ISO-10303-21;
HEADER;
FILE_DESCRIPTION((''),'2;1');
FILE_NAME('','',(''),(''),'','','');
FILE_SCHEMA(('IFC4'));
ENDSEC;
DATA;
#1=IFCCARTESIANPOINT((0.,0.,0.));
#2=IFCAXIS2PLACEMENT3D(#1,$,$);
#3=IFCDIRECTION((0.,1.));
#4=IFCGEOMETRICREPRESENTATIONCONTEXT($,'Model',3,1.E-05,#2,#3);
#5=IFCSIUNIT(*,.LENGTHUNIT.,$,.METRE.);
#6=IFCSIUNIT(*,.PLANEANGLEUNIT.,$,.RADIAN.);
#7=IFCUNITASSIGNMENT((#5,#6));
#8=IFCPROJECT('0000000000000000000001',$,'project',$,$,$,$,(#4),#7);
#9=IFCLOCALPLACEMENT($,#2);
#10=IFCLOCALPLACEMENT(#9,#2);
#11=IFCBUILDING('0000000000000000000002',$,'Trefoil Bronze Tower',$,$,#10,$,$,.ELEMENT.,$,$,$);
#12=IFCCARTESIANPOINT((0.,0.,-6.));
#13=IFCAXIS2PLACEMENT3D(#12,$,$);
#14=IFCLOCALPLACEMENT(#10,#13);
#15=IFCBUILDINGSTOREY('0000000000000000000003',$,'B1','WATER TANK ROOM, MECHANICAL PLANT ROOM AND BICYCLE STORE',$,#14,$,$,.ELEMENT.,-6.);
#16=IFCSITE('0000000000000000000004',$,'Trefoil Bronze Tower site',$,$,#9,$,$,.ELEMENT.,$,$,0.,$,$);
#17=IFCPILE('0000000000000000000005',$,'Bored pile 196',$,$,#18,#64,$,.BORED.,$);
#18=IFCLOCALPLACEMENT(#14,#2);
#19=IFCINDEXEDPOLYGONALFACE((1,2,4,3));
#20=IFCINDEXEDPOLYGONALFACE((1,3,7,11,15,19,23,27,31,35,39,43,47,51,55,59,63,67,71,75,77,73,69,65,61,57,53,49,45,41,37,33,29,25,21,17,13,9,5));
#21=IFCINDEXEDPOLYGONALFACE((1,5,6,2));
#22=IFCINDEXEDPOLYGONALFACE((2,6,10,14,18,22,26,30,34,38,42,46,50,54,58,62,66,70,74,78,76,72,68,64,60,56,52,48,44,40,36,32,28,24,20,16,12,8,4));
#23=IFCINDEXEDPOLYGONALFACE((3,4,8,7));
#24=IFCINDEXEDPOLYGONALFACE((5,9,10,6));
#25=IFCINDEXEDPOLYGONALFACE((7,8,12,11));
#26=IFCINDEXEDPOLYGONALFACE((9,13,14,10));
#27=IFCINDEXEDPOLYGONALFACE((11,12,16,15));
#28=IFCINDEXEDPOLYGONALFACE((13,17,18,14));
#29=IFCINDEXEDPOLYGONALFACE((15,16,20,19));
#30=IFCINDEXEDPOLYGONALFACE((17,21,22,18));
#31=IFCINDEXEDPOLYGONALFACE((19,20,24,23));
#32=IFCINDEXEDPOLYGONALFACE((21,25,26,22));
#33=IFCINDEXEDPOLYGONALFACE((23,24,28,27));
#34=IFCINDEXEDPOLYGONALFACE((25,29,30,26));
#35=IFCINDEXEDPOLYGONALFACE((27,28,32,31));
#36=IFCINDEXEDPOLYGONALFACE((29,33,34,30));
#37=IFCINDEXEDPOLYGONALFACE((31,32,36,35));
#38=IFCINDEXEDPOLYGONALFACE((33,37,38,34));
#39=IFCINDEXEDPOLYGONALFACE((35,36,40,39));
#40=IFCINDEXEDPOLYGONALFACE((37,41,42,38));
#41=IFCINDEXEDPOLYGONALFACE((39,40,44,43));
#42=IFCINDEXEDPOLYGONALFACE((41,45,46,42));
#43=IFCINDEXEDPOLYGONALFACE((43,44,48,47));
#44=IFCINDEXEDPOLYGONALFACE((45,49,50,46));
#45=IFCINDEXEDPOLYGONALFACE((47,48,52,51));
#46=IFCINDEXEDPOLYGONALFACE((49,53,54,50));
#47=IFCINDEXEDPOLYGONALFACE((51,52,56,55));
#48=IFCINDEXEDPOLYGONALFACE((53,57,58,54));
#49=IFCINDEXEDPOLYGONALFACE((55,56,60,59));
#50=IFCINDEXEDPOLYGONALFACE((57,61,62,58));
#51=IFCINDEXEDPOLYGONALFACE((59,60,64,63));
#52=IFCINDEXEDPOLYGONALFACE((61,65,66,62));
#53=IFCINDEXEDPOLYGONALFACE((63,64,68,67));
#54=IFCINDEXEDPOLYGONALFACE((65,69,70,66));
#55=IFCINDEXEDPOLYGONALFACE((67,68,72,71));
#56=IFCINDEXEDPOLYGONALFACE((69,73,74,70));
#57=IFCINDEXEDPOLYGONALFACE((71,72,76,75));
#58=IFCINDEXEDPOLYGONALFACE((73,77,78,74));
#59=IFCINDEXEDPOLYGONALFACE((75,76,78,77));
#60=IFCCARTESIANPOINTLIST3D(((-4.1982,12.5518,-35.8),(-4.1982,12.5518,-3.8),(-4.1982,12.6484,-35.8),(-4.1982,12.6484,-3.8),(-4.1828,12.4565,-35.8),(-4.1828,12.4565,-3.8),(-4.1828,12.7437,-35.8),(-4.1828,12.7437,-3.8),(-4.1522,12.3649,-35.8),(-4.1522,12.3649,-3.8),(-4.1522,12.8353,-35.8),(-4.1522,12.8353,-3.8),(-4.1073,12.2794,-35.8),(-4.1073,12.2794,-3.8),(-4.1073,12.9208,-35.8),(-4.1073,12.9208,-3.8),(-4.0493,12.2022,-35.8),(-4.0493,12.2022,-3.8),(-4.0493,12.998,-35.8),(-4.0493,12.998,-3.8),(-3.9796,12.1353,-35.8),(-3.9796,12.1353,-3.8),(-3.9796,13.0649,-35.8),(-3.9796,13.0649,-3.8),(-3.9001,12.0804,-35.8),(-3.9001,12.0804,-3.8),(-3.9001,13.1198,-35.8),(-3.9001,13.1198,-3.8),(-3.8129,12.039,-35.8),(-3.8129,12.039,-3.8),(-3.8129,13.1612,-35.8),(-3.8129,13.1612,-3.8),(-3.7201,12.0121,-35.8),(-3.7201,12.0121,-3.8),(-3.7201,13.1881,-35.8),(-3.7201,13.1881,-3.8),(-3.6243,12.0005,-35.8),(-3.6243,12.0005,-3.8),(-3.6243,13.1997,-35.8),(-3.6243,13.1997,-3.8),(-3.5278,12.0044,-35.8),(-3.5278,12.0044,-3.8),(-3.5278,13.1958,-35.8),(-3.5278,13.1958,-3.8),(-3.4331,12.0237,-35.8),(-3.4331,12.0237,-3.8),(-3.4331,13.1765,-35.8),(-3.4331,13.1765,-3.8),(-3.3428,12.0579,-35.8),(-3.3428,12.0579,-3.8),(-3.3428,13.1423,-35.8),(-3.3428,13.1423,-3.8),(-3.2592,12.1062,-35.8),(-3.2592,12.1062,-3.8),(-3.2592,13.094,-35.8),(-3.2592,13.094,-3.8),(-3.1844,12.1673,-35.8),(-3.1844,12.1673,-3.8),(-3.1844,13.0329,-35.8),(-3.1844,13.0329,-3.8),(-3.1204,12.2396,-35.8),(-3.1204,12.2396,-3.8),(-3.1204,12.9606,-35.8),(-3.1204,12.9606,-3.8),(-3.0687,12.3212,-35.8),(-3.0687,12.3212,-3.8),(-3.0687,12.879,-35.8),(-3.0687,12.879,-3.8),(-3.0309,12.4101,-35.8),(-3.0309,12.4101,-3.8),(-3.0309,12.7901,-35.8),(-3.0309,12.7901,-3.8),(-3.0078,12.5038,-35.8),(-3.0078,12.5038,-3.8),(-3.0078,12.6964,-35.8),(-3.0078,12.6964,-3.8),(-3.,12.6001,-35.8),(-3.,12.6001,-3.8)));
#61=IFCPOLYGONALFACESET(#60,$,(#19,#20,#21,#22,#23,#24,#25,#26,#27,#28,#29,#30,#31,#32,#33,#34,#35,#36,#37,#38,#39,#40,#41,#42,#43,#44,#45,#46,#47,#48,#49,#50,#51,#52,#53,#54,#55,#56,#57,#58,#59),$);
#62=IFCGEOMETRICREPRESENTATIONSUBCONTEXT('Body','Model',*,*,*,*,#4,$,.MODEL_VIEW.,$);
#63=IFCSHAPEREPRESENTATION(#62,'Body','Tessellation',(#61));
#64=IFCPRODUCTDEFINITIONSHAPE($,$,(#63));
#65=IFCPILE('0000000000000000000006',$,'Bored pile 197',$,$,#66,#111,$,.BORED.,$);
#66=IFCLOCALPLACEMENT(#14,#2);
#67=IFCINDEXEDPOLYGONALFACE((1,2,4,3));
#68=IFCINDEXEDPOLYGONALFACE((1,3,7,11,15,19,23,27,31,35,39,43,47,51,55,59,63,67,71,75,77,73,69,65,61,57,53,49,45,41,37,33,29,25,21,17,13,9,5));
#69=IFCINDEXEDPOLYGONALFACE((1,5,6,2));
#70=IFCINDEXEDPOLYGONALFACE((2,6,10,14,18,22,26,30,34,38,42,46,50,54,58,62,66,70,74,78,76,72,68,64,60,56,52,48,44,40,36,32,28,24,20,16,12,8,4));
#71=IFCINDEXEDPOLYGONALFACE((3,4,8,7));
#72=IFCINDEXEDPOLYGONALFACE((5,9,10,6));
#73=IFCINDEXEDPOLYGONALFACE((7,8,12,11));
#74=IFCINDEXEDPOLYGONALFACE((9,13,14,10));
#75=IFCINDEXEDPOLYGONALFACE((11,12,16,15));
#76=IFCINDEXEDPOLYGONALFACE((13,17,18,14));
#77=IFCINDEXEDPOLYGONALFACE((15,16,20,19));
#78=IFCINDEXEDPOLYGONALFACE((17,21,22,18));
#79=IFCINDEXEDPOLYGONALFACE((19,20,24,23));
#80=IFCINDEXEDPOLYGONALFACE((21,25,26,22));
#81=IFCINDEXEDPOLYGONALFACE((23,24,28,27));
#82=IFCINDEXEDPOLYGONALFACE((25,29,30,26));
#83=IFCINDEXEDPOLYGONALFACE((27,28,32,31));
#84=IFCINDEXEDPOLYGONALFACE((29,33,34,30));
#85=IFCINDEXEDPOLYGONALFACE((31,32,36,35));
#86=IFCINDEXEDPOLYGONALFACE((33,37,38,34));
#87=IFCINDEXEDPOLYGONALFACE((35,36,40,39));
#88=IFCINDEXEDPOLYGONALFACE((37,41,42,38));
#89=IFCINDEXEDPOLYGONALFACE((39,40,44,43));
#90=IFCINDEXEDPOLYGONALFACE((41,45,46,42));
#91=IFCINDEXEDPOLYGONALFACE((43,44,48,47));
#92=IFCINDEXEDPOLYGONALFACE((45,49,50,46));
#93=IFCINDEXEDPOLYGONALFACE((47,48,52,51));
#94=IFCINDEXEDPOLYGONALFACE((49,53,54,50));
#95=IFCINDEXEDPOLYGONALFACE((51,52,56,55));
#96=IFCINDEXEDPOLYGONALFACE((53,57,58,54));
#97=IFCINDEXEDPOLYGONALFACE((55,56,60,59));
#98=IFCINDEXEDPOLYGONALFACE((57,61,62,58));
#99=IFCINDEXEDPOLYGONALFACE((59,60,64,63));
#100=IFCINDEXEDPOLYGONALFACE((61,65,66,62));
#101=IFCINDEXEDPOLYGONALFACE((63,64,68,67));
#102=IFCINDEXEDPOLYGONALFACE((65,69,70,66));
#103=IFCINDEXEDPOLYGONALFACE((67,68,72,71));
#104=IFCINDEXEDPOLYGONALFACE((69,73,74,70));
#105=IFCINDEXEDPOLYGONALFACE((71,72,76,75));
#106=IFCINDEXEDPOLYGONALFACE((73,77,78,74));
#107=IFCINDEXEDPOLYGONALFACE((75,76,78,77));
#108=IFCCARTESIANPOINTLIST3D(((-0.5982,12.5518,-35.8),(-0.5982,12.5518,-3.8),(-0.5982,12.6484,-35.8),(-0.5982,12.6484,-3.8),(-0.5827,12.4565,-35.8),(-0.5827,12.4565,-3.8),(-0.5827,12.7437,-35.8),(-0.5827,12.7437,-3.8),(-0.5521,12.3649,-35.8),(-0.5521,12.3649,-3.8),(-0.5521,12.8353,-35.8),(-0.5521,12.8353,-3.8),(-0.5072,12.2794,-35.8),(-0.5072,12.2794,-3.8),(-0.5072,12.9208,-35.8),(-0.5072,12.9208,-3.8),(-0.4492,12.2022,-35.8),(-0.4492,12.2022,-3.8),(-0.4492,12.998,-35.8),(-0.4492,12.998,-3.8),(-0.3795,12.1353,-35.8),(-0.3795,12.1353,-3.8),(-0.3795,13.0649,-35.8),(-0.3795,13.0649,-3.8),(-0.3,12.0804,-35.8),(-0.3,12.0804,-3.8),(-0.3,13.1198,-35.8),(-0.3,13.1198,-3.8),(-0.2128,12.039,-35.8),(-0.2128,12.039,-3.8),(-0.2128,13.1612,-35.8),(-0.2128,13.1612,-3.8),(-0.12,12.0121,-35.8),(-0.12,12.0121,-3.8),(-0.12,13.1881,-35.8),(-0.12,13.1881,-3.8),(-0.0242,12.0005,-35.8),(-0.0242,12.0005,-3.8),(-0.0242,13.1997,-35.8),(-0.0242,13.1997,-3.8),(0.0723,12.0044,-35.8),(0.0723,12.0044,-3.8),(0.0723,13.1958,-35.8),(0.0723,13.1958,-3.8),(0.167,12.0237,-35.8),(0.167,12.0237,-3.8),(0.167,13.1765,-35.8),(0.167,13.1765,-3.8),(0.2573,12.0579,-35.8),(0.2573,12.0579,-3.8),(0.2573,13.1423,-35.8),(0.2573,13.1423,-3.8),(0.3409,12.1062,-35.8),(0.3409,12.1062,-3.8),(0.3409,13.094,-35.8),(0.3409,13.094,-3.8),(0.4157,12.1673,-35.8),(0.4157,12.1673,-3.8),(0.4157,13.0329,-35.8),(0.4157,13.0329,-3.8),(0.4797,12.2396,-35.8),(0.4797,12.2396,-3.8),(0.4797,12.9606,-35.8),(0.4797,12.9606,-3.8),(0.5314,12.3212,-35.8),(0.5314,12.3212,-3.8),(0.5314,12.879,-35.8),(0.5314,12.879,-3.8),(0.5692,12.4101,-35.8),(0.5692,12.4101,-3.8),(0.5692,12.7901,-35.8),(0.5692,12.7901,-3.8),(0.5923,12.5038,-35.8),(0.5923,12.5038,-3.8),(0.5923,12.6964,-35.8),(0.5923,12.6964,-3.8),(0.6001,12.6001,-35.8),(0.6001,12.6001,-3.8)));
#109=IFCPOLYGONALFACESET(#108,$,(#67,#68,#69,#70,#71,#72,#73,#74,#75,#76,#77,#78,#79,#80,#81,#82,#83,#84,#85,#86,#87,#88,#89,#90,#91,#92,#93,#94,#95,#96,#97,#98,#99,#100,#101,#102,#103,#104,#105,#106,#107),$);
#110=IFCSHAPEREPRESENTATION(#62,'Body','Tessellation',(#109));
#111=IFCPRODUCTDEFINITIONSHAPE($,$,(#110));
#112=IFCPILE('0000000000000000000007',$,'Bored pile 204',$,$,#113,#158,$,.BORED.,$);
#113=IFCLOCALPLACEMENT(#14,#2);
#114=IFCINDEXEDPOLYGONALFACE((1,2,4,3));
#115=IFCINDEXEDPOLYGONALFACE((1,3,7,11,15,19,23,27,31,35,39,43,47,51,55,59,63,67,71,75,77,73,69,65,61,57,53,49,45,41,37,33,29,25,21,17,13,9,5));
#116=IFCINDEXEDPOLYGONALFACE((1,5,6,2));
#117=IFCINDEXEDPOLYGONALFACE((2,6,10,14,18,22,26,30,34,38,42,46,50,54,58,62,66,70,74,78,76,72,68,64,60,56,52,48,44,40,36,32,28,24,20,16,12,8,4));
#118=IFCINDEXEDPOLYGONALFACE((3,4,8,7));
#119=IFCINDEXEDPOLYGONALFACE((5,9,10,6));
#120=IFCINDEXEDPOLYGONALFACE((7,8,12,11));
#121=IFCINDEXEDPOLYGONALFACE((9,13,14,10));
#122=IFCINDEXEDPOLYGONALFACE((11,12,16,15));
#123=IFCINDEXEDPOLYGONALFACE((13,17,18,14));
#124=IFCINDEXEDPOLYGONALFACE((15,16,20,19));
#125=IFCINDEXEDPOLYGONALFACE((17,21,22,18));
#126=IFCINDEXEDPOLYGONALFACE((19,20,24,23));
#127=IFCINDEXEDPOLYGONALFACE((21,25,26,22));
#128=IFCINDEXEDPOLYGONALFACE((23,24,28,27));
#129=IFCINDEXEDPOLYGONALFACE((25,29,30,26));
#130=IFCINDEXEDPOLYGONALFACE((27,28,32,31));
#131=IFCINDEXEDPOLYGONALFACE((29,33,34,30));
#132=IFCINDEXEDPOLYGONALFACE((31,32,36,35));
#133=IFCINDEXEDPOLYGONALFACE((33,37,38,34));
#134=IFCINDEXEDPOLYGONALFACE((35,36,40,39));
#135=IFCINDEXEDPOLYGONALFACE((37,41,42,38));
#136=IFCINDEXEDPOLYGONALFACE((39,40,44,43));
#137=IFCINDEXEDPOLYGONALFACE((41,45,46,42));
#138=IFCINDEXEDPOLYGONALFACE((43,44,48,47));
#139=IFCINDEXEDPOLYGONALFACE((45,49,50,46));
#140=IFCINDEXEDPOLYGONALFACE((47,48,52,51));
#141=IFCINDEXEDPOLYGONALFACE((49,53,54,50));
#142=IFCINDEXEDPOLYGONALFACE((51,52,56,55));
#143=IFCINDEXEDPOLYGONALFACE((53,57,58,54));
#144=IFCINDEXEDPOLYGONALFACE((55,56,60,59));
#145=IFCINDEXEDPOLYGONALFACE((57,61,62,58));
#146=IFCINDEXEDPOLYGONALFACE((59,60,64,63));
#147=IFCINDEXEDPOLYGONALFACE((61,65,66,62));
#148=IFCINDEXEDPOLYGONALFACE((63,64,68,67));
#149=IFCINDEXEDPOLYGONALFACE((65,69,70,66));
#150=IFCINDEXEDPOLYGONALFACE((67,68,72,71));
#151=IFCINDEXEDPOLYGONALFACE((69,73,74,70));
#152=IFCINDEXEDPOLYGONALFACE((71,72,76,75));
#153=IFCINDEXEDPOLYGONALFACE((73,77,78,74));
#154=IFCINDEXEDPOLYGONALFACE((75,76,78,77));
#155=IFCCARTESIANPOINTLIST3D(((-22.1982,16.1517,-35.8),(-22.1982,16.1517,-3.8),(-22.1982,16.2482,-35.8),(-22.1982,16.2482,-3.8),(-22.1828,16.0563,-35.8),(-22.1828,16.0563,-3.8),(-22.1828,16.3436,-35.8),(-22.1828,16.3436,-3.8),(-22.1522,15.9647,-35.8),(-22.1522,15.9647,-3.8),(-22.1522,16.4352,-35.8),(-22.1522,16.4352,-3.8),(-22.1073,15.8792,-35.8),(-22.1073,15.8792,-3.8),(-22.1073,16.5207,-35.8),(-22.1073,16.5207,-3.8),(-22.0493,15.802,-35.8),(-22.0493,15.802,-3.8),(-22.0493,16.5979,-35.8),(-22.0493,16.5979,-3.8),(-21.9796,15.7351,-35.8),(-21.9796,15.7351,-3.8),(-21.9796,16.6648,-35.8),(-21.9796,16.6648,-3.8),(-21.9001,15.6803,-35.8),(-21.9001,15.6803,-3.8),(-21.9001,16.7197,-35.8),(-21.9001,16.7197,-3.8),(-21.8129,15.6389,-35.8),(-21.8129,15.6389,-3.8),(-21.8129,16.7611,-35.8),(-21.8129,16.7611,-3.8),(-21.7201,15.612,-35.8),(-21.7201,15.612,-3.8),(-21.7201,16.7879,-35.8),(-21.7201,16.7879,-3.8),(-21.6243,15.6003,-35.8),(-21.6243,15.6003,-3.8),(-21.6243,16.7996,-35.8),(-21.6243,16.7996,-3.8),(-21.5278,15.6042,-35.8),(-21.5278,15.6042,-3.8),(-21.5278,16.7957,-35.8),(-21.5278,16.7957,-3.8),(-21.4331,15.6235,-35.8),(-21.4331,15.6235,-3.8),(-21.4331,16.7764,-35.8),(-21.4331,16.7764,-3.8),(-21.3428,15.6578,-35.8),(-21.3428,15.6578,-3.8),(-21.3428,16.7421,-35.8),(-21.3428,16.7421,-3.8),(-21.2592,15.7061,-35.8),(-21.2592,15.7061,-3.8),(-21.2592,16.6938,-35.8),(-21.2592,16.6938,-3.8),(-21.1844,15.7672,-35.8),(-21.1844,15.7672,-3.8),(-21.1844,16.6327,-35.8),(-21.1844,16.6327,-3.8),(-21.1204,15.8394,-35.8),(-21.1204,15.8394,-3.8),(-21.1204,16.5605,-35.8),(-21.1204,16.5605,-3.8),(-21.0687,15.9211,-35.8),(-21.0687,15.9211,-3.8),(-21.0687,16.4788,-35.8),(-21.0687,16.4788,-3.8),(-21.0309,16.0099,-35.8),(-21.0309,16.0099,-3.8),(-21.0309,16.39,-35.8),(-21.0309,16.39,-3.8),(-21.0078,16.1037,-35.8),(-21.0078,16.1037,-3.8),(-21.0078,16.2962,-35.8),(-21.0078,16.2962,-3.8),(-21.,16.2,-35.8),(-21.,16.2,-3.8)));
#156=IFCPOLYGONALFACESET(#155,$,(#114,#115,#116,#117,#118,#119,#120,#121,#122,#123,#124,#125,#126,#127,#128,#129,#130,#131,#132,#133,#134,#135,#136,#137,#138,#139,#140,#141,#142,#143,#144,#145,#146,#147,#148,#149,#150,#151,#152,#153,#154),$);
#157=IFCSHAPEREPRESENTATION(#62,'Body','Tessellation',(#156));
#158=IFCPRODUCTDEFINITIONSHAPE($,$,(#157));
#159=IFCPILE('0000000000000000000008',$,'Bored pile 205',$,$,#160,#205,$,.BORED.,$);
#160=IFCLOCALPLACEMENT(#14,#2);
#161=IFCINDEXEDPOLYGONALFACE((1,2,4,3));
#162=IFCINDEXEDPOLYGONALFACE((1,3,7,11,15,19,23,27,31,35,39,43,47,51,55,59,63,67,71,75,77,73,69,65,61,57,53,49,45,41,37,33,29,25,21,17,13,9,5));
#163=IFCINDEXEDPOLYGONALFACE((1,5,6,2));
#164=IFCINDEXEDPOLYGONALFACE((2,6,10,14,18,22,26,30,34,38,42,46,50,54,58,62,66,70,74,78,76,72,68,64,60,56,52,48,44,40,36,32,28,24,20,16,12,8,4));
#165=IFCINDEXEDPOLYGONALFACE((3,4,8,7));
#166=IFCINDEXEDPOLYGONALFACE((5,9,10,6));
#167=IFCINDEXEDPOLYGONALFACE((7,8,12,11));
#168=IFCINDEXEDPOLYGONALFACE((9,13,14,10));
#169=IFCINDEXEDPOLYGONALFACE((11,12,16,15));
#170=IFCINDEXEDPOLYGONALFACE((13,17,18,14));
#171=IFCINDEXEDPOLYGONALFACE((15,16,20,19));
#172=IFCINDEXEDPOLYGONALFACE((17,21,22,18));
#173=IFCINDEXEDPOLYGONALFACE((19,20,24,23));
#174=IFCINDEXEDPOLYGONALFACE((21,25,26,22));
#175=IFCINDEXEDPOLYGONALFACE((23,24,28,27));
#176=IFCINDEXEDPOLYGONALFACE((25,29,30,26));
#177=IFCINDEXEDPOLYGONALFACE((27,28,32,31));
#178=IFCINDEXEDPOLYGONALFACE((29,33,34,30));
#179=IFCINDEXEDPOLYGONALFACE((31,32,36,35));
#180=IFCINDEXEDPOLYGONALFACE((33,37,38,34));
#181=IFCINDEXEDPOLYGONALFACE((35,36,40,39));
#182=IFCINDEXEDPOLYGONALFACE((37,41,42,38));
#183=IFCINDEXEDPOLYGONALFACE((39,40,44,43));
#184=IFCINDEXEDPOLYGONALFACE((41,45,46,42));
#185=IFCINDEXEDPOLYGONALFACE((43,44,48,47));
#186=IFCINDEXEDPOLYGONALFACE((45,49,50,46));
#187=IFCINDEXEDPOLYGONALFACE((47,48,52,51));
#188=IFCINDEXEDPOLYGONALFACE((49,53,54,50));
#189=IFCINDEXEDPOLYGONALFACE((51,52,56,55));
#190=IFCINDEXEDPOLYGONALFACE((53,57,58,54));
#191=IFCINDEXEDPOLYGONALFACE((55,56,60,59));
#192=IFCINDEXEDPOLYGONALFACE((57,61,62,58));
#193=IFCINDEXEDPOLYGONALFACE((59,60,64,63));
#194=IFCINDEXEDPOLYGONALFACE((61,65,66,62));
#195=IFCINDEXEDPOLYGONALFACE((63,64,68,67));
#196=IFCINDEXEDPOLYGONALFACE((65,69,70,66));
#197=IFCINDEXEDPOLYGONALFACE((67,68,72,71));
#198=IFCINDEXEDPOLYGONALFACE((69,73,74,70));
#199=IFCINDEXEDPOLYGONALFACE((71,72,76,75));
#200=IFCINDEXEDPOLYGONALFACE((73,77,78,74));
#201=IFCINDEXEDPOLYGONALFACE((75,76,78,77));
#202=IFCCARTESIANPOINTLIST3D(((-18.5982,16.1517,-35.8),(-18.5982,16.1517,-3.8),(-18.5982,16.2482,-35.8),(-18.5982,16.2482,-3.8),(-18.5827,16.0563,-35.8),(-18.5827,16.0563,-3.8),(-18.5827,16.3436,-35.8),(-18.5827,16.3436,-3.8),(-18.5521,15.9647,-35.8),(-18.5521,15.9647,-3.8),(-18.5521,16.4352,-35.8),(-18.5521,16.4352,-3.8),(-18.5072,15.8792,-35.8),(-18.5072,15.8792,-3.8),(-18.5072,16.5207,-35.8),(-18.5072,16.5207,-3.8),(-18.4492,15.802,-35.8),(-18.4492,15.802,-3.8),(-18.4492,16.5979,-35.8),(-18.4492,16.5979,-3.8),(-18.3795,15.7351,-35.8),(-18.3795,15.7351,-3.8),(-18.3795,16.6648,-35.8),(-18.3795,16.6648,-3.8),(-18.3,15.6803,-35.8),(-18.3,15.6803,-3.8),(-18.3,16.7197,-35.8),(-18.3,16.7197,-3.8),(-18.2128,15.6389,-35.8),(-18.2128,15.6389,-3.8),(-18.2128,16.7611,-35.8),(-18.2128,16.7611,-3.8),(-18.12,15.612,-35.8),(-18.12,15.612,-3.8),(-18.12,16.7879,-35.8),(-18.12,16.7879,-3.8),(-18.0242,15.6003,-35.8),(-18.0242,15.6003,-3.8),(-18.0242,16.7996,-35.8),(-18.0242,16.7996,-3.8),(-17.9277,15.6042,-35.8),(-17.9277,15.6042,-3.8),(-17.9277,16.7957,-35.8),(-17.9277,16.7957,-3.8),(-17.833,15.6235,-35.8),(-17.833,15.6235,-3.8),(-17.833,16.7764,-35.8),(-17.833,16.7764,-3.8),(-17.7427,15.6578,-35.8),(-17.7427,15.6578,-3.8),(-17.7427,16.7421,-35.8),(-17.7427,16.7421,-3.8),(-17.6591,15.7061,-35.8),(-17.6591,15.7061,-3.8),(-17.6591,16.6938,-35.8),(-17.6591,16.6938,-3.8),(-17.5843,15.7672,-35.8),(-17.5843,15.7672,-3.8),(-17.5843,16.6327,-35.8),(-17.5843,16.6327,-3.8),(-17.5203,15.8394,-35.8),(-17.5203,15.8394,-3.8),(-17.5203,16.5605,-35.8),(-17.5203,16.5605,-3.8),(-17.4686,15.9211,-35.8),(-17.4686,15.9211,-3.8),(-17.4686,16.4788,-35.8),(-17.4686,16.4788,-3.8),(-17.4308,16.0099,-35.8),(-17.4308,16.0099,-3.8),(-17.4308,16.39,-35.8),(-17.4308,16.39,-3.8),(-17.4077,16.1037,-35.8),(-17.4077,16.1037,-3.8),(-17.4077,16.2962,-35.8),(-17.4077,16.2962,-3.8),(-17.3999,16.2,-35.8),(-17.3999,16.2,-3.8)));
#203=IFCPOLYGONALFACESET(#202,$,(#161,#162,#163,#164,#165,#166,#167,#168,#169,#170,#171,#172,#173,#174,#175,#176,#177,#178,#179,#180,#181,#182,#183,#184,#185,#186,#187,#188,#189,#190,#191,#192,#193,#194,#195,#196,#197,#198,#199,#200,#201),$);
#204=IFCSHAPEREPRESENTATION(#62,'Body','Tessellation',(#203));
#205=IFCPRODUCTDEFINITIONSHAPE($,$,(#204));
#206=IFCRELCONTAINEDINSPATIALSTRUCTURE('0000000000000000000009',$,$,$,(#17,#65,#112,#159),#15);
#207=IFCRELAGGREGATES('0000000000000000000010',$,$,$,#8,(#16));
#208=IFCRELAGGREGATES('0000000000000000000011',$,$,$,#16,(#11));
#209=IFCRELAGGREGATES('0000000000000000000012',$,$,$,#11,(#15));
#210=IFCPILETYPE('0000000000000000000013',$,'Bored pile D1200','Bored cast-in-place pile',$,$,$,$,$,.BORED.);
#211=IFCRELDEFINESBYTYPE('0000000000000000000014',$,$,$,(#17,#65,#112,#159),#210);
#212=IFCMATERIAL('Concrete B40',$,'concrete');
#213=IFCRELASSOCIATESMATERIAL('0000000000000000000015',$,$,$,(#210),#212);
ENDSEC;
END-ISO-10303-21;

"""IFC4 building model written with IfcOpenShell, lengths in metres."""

from ifc_helpers import new_model, si_unit, direction, frame, origin, origin_2d, place, context, subcontext, project, spatial, circle, extrude, material, type_object, element, save


model = new_model("IFC4")

# Units and contexts
model_context = context("Model", 3, precision=1e-05, world=origin(), true_north=direction((0.0, 1.0)))
body_context = subcontext(model_context, "Body", "Model", "MODEL_VIEW")
ifc_project = project(units=[si_unit("LENGTHUNIT", "METRE"), si_unit("PLANEANGLEUNIT", "RADIAN")], contexts=[model_context])

# Site, building, storey
site_placement = place(None, origin())
site = spatial("IfcSite", under=ifc_project, at=site_placement, Name="Trefoil Bronze Tower site", CompositionType="ELEMENT", RefElevation=0.0)
building_placement = place(site_placement, origin())
building = spatial("IfcBuilding", under=site, at=building_placement, Name="Trefoil Bronze Tower", CompositionType="ELEMENT")
storey_placement = place(building_placement, frame((0.0, 0.0, -6.0)))
storey = spatial("IfcBuildingStorey", under=building, at=storey_placement, Name="B1", Description="WATER TANK ROOM, MECHANICAL PLANT ROOM AND BICYCLE STORE", CompositionType="ELEMENT", Elevation=-6.0)

# Piles
ifc_material_1 = material(Name="Concrete B40", Category="concrete")
pile_type = type_object("IfcPileType", Name="Bored pile D1200", Description="Bored cast-in-place pile", PredefinedType="BORED", material=ifc_material_1)
for number, where, z_axis, x_axis, name in (
    (1, (-3.6001, 12.6001, -3.8), (0.0, 0.0, -1.0), (1.0, 0.0, 0.0), "Bored pile 196"),
    (2, (0.0, 12.6001, -3.8), (0.0, 0.0, -1.0), (1.0, 0.0, 0.0), "Bored pile 197"),
    (3, (-21.6001, 16.2, -3.8), (0.0, 0.0, -1.0), (1.0, 0.0, 0.0), "Bored pile 204"),
    (4, (-18.0, 16.2, -3.8), (0.0, 0.0, -1.0), (1.0, 0.0, 0.0), "Bored pile 205"),
):
    element("IfcPile", number, at=place(storey_placement, frame(where, z_axis=z_axis, x_axis=x_axis)), inside=storey, type_object=pile_type, Name=name, PredefinedType="BORED", context=body_context, shape_type="SweptSolid", body=[
        extrude(circle(Radius=0.6001, at=origin_2d()), origin(), (0.0, 0.0, 1.0), 32.0),
    ])

save(model, "model.ifc")
